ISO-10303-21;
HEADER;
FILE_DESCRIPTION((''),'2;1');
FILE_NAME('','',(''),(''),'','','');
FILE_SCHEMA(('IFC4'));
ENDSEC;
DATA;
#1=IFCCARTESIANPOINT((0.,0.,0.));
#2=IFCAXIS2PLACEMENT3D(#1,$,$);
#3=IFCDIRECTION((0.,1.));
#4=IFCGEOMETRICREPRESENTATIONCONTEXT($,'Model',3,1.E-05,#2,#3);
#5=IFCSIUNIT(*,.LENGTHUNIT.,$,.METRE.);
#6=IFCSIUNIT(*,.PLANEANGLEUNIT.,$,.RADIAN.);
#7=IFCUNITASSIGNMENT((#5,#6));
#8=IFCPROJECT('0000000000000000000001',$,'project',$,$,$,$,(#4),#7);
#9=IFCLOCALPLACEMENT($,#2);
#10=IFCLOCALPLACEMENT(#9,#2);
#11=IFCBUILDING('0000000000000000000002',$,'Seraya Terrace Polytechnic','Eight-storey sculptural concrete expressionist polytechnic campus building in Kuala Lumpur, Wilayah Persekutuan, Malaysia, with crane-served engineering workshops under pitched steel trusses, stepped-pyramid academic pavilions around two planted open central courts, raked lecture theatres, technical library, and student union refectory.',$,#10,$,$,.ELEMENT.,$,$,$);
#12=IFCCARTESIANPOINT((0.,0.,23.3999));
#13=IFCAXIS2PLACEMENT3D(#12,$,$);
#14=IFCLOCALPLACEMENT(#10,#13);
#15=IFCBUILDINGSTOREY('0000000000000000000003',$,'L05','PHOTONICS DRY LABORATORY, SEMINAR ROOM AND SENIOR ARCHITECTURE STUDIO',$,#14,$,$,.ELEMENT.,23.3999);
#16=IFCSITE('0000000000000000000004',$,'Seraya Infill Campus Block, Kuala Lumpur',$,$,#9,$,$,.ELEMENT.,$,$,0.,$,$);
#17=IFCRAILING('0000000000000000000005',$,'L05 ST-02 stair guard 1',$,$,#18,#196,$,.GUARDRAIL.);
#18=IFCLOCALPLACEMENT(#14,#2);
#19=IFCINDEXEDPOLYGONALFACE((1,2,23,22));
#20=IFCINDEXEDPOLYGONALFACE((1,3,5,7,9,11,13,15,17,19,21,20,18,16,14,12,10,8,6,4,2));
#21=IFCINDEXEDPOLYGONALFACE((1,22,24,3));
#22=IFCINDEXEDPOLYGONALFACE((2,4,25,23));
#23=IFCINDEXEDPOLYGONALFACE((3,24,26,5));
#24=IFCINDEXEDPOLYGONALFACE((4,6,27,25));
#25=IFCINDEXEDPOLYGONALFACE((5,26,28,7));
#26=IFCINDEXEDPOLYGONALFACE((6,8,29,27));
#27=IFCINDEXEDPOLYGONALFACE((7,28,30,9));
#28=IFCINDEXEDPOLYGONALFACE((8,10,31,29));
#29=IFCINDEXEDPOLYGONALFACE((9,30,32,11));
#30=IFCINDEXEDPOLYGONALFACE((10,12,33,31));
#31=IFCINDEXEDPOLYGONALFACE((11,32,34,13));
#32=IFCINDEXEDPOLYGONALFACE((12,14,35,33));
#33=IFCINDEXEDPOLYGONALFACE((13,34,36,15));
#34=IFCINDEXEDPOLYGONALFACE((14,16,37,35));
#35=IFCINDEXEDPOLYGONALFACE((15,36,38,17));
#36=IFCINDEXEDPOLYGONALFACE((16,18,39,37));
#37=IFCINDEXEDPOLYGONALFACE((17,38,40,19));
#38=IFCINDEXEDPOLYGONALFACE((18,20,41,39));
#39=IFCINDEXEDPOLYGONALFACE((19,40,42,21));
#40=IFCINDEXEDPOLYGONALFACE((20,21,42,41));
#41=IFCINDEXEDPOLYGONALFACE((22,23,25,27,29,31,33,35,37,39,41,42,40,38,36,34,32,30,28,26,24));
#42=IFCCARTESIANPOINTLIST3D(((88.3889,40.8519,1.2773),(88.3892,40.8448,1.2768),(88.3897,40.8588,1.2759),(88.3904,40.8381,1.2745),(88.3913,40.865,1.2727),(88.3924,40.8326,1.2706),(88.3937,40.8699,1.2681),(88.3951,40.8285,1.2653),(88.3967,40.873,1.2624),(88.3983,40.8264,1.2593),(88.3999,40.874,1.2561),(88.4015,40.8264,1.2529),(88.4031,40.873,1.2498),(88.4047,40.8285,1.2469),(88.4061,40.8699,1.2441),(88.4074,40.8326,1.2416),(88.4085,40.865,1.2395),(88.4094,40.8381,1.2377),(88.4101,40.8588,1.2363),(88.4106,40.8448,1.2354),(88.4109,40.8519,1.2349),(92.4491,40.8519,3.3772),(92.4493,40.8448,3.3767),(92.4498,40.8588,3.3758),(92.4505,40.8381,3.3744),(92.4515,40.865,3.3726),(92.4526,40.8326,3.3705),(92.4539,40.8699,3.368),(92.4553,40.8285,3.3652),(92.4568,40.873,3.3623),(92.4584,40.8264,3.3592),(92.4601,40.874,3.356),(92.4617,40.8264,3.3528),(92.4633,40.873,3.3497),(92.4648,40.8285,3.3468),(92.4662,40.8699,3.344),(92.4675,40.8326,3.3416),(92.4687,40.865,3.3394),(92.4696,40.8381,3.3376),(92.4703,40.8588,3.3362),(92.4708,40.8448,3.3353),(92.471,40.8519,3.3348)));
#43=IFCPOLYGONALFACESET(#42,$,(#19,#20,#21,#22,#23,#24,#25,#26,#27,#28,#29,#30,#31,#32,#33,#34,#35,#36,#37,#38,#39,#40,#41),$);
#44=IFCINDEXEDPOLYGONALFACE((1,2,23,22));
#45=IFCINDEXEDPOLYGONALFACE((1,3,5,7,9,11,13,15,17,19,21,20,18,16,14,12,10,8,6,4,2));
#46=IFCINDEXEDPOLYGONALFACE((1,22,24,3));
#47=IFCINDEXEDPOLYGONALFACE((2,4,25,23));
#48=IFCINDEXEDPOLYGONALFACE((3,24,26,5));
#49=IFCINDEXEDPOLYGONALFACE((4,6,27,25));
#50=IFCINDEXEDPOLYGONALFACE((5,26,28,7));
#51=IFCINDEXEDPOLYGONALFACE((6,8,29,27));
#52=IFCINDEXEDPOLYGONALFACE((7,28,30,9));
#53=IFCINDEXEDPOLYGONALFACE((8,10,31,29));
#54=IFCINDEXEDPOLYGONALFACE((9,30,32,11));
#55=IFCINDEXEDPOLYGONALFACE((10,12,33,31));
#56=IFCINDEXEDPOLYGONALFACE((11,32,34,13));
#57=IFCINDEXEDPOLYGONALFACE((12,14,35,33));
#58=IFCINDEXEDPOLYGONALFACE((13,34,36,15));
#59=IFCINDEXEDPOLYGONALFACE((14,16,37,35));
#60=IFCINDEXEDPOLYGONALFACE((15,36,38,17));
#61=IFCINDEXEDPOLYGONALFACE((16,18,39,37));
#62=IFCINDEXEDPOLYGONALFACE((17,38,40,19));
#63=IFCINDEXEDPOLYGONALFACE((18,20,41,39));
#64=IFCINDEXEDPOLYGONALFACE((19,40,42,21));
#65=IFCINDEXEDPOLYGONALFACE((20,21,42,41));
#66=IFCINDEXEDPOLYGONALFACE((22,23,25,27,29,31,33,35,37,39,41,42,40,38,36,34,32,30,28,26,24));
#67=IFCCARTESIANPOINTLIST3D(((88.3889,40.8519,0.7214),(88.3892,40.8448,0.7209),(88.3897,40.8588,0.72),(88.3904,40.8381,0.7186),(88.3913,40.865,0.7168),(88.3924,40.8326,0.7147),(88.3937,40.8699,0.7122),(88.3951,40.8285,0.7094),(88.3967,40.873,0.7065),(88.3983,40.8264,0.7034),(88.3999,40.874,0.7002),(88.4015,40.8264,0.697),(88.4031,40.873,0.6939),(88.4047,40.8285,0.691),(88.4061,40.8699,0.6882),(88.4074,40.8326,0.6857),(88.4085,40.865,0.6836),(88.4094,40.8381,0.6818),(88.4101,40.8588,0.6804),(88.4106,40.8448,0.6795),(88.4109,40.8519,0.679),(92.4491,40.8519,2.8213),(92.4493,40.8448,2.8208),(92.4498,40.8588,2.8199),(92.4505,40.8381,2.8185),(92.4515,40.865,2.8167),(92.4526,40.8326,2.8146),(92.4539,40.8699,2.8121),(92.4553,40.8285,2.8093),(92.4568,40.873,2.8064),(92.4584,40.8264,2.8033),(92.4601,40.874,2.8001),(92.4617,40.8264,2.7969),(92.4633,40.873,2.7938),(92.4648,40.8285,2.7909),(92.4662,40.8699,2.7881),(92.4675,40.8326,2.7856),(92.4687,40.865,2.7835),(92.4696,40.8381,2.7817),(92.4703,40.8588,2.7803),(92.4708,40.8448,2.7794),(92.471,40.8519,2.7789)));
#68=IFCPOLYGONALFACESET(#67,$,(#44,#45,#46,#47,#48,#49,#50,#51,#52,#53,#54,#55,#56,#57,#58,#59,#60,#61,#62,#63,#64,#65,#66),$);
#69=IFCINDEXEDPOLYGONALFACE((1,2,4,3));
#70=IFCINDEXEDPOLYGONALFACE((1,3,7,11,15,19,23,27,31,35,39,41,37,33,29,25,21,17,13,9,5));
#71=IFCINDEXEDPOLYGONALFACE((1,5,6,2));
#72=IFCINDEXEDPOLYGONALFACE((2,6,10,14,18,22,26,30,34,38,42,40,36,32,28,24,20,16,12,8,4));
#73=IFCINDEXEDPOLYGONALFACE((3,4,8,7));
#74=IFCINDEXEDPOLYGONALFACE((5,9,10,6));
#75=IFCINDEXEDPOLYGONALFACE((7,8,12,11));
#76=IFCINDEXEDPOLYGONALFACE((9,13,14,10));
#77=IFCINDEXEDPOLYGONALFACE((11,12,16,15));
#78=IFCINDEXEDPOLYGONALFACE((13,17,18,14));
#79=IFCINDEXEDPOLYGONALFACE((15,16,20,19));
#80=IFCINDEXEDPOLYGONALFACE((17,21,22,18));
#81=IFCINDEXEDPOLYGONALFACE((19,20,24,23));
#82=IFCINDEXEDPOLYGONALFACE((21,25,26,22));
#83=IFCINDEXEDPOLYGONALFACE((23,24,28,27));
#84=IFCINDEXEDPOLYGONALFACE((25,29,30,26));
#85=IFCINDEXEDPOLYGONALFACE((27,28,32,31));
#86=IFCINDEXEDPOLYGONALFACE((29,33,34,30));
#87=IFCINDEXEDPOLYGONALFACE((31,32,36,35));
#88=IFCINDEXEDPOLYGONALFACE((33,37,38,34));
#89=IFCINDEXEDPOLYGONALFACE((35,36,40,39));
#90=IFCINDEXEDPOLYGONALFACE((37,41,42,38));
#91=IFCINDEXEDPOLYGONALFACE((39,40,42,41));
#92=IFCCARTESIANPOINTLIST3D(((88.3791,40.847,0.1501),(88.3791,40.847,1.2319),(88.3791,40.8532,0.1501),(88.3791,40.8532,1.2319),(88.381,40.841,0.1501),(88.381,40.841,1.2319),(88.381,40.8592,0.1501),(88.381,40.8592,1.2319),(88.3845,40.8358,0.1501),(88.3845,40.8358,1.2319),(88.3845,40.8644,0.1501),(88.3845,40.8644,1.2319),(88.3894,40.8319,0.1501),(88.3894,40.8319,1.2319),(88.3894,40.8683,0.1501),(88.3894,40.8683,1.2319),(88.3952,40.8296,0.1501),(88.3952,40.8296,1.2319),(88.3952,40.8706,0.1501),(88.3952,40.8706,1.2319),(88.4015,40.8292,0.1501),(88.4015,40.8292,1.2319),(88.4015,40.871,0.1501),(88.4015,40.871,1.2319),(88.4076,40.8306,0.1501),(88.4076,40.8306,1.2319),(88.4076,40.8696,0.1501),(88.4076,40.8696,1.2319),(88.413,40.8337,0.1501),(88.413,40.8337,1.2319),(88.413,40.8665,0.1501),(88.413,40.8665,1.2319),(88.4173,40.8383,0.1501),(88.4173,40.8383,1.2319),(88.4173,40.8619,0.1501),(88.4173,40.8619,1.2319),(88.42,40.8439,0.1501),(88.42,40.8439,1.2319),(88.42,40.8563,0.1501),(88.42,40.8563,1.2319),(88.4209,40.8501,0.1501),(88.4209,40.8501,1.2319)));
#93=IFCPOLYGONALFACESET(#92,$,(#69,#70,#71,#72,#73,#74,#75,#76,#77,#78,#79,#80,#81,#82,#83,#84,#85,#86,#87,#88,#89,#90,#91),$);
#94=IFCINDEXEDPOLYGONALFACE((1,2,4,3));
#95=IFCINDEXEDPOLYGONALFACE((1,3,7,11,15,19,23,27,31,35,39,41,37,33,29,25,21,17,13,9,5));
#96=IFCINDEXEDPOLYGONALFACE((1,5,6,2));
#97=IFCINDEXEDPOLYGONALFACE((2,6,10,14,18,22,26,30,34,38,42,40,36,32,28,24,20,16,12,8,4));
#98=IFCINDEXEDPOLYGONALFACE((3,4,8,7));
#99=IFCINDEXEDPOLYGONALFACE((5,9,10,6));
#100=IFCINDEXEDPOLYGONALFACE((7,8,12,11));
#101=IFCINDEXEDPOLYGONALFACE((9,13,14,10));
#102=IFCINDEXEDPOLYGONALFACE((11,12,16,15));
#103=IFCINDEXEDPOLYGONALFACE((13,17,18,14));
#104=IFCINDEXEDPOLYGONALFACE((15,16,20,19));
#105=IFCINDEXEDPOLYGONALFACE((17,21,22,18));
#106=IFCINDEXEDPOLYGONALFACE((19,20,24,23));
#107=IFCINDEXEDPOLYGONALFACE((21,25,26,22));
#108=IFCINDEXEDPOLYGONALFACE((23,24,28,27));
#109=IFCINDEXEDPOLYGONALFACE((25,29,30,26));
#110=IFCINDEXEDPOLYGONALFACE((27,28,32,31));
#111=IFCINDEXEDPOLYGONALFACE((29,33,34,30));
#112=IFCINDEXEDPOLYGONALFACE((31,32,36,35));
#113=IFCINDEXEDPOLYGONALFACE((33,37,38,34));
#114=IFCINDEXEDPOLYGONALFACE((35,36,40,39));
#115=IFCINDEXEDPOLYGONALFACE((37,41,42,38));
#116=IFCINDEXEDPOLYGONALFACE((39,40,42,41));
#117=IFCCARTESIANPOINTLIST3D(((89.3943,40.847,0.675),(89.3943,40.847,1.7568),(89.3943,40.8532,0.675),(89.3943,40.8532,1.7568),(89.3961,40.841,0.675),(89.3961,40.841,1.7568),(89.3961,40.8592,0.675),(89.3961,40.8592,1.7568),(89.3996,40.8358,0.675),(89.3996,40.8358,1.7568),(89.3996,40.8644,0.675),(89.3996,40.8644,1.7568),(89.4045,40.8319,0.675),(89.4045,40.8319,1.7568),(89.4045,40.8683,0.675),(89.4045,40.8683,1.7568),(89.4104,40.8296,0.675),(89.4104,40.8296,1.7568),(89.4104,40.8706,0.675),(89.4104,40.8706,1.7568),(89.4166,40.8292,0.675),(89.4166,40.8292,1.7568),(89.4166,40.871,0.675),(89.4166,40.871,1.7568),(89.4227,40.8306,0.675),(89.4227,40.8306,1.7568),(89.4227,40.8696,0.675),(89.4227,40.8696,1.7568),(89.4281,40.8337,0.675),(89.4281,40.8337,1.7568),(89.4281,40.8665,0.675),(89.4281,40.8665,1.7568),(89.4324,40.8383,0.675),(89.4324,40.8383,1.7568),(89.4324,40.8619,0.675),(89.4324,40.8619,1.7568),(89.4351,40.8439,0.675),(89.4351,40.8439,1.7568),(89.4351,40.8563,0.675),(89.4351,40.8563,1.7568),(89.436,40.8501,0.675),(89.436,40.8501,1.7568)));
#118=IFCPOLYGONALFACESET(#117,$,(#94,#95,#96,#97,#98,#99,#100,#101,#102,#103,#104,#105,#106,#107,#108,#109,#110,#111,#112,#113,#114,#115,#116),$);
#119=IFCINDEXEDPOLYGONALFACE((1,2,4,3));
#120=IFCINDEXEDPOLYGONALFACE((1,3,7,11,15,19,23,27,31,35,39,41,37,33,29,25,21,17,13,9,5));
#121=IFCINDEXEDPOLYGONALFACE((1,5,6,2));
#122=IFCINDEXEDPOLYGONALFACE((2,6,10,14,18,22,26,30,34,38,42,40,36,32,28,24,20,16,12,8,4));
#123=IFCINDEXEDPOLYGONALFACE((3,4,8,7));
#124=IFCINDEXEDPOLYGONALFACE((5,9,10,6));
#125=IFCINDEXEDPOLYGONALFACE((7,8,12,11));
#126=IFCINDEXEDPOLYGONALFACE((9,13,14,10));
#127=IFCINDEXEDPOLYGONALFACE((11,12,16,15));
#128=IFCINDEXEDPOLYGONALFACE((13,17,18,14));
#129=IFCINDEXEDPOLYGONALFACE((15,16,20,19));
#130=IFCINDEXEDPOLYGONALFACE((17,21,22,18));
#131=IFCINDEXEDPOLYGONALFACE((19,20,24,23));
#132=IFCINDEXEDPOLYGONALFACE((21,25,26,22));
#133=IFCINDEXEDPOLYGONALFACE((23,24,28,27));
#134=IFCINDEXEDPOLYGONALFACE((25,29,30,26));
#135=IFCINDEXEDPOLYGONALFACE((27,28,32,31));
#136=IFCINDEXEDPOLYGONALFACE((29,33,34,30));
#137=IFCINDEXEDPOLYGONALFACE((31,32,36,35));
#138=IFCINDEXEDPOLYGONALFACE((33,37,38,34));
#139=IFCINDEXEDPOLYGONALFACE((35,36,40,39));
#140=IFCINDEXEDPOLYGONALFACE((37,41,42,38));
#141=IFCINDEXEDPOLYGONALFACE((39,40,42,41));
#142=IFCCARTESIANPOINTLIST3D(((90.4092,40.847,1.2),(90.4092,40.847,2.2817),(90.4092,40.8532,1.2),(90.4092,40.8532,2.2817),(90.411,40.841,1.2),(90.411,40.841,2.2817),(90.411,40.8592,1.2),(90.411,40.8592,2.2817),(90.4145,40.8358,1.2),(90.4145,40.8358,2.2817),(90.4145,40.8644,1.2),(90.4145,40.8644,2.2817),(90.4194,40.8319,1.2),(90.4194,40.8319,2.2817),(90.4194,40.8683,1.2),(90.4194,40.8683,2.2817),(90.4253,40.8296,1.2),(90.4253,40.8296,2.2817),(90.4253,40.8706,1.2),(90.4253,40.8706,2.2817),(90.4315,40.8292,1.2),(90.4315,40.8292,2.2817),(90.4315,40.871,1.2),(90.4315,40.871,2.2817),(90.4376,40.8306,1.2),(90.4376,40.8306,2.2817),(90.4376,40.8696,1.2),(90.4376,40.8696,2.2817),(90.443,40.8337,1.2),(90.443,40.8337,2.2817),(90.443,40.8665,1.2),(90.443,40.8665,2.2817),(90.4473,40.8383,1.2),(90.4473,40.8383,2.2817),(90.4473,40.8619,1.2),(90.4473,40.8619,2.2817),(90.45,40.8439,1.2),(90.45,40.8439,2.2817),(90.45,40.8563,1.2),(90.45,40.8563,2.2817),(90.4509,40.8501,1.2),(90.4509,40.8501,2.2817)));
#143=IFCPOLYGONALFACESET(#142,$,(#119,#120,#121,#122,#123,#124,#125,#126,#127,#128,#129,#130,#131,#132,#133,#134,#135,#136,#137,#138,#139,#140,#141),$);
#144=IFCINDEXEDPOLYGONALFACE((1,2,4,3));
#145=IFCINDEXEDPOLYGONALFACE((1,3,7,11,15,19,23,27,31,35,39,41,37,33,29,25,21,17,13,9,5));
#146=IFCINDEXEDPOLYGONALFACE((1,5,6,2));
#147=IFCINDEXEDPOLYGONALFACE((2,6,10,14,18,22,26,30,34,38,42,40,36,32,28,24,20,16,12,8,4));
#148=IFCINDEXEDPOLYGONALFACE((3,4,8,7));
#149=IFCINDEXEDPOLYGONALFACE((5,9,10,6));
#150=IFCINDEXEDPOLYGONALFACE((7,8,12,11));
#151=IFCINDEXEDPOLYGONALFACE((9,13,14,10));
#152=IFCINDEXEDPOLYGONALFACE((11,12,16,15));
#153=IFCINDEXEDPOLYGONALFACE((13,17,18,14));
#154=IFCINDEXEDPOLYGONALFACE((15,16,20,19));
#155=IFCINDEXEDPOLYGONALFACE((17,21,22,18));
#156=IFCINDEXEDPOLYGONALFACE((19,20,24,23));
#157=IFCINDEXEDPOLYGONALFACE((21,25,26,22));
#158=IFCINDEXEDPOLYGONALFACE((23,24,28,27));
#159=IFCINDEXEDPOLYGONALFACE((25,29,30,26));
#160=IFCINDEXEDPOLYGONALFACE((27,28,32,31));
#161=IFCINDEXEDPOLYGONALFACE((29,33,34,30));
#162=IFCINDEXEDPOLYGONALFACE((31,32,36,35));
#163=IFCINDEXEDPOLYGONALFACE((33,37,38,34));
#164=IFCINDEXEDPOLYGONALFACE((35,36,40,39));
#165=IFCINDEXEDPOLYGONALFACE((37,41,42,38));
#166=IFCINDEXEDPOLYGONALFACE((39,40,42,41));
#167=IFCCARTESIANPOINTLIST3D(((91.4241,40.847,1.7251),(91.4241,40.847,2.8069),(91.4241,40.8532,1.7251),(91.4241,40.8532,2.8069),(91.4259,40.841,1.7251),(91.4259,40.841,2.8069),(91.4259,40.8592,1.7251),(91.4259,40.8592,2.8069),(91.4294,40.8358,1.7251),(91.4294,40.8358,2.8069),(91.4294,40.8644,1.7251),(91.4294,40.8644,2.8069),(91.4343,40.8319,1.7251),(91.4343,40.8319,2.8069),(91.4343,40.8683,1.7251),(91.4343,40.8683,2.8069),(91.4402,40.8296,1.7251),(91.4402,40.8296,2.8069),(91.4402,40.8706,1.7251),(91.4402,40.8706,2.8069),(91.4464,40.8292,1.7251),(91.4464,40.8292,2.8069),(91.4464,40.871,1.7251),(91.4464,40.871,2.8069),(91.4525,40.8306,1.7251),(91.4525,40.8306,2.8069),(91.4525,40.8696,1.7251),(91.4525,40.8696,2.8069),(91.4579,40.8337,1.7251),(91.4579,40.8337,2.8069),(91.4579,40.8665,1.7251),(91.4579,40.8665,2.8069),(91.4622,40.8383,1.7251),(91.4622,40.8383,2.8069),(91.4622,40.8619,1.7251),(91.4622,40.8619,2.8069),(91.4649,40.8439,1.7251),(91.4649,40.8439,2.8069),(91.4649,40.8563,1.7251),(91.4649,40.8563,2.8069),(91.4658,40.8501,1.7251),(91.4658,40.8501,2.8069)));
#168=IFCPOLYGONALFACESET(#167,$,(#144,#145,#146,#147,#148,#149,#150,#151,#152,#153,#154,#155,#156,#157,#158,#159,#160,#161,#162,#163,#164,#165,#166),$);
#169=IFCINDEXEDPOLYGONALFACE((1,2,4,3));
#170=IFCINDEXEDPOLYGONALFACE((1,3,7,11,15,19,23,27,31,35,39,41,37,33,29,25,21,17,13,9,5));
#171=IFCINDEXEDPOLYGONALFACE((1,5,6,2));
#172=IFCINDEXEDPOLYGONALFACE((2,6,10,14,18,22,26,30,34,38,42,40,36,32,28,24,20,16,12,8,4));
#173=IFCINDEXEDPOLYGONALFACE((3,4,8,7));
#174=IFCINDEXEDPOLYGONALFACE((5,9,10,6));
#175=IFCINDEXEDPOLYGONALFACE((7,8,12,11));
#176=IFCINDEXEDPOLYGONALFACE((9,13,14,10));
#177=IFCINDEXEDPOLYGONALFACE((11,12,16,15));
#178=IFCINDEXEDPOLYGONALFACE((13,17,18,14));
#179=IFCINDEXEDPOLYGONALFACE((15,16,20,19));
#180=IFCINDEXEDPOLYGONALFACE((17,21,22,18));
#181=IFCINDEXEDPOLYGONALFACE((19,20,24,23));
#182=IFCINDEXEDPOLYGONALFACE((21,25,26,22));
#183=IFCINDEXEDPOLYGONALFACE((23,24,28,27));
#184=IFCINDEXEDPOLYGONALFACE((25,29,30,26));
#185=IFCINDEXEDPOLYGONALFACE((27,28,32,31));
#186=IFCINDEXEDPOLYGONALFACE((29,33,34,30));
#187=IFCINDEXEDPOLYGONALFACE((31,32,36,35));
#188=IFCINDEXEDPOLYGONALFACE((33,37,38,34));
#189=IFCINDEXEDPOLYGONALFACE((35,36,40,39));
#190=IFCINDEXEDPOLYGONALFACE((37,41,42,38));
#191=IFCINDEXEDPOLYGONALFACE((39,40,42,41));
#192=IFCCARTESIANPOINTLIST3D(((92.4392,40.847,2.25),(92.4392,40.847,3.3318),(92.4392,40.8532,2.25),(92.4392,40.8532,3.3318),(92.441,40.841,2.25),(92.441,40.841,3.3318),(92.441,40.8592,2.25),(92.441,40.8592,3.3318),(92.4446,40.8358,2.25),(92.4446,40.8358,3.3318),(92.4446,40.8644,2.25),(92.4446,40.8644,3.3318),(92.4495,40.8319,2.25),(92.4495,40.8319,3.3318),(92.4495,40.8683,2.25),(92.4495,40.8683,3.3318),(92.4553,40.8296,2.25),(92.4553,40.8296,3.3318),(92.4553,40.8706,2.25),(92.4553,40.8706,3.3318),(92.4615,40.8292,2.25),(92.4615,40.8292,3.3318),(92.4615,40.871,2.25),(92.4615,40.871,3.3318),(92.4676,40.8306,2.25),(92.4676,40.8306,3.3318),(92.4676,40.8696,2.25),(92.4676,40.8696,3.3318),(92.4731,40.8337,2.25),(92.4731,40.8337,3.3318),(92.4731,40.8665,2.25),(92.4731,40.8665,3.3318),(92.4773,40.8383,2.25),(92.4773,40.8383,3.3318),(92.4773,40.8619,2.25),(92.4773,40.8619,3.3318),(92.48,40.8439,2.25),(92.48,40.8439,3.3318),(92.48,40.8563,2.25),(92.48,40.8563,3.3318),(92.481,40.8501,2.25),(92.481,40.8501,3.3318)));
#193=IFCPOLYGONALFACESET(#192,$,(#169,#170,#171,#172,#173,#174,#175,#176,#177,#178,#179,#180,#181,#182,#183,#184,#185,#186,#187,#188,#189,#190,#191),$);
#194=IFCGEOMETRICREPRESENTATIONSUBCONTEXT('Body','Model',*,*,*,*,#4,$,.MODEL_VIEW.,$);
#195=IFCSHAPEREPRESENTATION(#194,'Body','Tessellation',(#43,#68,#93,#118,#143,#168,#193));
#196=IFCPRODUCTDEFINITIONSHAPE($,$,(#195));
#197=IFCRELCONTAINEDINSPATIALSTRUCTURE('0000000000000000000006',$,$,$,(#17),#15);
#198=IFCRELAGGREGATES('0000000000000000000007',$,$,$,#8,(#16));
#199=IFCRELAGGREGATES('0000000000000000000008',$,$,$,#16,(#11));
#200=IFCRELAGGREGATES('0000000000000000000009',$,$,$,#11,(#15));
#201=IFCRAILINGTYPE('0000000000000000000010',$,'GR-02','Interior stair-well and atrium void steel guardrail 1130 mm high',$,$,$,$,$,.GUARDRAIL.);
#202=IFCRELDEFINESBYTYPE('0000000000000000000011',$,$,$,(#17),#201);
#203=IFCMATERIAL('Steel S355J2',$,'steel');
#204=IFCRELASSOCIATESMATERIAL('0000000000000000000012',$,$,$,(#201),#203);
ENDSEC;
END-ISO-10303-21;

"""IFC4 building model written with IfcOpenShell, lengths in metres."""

from ifc_helpers import new_model, si_unit, direction, frame, origin, origin_2d, place, context, subcontext, project, spatial, circle, extrude, material, type_object, element, save


model = new_model("IFC4")

# Units and contexts
model_context = context("Model", 3, precision=1e-05, world=origin(), true_north=direction((0.0, 1.0)))
body_context = subcontext(model_context, "Body", "Model", "MODEL_VIEW")
ifc_project = project(units=[si_unit("LENGTHUNIT", "METRE"), si_unit("PLANEANGLEUNIT", "RADIAN")], contexts=[model_context])

# Site, building, storey
site_placement = place(None, origin())
site = spatial("IfcSite", under=ifc_project, at=site_placement, Name="Seraya Infill Campus Block, Kuala Lumpur", CompositionType="ELEMENT", RefElevation=0.0)
building_placement = place(site_placement, origin())
building = spatial("IfcBuilding", under=site, at=building_placement, Name="Seraya Terrace Polytechnic", Description="Eight-storey sculptural concrete expressionist polytechnic campus building in Kuala Lumpur, Wilayah Persekutuan, Malaysia, with crane-served engineering workshops under pitched steel trusses, stepped-pyramid academic pavilions around two planted open central courts, raked lecture theatres, technical library, and student union refectory.", CompositionType="ELEMENT")
storey_placement = place(building_placement, frame((0.0, 0.0, 23.3999)))
storey = spatial("IfcBuildingStorey", under=building, at=storey_placement, Name="L05", Description="PHOTONICS DRY LABORATORY, SEMINAR ROOM AND SENIOR ARCHITECTURE STUDIO", CompositionType="ELEMENT", Elevation=23.3999)

# Railing
ifc_material_1 = material(Name="Steel S355J2", Category="steel")
railing_type_1 = type_object("IfcRailingType", Name="GR-02", Description="Interior stair-well and atrium void steel guardrail 1130 mm high", PredefinedType="GUARDRAIL", material=ifc_material_1)
railing_1_placement = place(storey_placement, frame((88.3999, 40.8501, 0.1501)))
element("IfcRailing", 1, at=railing_1_placement, inside=storey, type_object=railing_type_1, Name="L05 ST-02 stair guard 1", PredefinedType="GUARDRAIL", context=body_context, shape_type="SweptSolid", body=[
    extrude(circle(Radius=0.0239, at=origin_2d()), frame((0.0, 0.0, 1.106), z_axis=(0.888233, 0.0, 0.459392), x_axis=(0.0, 1.0, 0.0)), (0.0, 0.0, 1.0), 4.571),
    extrude(circle(Radius=0.0239, at=origin_2d()), frame((0.0, 0.0, 0.55), z_axis=(0.888233, 0.0, 0.459392), x_axis=(0.0, 1.0, 0.0)), (0.0, 0.0, 1.0), 4.571),
    extrude(circle(Radius=0.021, at=origin_2d()), origin(), (0.0, 0.0, 1.0), 1.0818),
    extrude(circle(Radius=0.021, at=origin_2d()), frame((1.0151, 0.0, 0.5249)), (0.0, 0.0, 1.0), 1.0818),
    extrude(circle(Radius=0.021, at=origin_2d()), frame((2.03, 0.0, 1.0498)), (0.0, 0.0, 1.0), 1.0818),
    extrude(circle(Radius=0.021, at=origin_2d()), frame((3.0449, 0.0, 1.575)), (0.0, 0.0, 1.0), 1.0818),
    extrude(circle(Radius=0.021, at=origin_2d()), frame((4.0601, 0.0, 2.0999)), (0.0, 0.0, 1.0), 1.0818),
])

save(model, "model.ifc")
